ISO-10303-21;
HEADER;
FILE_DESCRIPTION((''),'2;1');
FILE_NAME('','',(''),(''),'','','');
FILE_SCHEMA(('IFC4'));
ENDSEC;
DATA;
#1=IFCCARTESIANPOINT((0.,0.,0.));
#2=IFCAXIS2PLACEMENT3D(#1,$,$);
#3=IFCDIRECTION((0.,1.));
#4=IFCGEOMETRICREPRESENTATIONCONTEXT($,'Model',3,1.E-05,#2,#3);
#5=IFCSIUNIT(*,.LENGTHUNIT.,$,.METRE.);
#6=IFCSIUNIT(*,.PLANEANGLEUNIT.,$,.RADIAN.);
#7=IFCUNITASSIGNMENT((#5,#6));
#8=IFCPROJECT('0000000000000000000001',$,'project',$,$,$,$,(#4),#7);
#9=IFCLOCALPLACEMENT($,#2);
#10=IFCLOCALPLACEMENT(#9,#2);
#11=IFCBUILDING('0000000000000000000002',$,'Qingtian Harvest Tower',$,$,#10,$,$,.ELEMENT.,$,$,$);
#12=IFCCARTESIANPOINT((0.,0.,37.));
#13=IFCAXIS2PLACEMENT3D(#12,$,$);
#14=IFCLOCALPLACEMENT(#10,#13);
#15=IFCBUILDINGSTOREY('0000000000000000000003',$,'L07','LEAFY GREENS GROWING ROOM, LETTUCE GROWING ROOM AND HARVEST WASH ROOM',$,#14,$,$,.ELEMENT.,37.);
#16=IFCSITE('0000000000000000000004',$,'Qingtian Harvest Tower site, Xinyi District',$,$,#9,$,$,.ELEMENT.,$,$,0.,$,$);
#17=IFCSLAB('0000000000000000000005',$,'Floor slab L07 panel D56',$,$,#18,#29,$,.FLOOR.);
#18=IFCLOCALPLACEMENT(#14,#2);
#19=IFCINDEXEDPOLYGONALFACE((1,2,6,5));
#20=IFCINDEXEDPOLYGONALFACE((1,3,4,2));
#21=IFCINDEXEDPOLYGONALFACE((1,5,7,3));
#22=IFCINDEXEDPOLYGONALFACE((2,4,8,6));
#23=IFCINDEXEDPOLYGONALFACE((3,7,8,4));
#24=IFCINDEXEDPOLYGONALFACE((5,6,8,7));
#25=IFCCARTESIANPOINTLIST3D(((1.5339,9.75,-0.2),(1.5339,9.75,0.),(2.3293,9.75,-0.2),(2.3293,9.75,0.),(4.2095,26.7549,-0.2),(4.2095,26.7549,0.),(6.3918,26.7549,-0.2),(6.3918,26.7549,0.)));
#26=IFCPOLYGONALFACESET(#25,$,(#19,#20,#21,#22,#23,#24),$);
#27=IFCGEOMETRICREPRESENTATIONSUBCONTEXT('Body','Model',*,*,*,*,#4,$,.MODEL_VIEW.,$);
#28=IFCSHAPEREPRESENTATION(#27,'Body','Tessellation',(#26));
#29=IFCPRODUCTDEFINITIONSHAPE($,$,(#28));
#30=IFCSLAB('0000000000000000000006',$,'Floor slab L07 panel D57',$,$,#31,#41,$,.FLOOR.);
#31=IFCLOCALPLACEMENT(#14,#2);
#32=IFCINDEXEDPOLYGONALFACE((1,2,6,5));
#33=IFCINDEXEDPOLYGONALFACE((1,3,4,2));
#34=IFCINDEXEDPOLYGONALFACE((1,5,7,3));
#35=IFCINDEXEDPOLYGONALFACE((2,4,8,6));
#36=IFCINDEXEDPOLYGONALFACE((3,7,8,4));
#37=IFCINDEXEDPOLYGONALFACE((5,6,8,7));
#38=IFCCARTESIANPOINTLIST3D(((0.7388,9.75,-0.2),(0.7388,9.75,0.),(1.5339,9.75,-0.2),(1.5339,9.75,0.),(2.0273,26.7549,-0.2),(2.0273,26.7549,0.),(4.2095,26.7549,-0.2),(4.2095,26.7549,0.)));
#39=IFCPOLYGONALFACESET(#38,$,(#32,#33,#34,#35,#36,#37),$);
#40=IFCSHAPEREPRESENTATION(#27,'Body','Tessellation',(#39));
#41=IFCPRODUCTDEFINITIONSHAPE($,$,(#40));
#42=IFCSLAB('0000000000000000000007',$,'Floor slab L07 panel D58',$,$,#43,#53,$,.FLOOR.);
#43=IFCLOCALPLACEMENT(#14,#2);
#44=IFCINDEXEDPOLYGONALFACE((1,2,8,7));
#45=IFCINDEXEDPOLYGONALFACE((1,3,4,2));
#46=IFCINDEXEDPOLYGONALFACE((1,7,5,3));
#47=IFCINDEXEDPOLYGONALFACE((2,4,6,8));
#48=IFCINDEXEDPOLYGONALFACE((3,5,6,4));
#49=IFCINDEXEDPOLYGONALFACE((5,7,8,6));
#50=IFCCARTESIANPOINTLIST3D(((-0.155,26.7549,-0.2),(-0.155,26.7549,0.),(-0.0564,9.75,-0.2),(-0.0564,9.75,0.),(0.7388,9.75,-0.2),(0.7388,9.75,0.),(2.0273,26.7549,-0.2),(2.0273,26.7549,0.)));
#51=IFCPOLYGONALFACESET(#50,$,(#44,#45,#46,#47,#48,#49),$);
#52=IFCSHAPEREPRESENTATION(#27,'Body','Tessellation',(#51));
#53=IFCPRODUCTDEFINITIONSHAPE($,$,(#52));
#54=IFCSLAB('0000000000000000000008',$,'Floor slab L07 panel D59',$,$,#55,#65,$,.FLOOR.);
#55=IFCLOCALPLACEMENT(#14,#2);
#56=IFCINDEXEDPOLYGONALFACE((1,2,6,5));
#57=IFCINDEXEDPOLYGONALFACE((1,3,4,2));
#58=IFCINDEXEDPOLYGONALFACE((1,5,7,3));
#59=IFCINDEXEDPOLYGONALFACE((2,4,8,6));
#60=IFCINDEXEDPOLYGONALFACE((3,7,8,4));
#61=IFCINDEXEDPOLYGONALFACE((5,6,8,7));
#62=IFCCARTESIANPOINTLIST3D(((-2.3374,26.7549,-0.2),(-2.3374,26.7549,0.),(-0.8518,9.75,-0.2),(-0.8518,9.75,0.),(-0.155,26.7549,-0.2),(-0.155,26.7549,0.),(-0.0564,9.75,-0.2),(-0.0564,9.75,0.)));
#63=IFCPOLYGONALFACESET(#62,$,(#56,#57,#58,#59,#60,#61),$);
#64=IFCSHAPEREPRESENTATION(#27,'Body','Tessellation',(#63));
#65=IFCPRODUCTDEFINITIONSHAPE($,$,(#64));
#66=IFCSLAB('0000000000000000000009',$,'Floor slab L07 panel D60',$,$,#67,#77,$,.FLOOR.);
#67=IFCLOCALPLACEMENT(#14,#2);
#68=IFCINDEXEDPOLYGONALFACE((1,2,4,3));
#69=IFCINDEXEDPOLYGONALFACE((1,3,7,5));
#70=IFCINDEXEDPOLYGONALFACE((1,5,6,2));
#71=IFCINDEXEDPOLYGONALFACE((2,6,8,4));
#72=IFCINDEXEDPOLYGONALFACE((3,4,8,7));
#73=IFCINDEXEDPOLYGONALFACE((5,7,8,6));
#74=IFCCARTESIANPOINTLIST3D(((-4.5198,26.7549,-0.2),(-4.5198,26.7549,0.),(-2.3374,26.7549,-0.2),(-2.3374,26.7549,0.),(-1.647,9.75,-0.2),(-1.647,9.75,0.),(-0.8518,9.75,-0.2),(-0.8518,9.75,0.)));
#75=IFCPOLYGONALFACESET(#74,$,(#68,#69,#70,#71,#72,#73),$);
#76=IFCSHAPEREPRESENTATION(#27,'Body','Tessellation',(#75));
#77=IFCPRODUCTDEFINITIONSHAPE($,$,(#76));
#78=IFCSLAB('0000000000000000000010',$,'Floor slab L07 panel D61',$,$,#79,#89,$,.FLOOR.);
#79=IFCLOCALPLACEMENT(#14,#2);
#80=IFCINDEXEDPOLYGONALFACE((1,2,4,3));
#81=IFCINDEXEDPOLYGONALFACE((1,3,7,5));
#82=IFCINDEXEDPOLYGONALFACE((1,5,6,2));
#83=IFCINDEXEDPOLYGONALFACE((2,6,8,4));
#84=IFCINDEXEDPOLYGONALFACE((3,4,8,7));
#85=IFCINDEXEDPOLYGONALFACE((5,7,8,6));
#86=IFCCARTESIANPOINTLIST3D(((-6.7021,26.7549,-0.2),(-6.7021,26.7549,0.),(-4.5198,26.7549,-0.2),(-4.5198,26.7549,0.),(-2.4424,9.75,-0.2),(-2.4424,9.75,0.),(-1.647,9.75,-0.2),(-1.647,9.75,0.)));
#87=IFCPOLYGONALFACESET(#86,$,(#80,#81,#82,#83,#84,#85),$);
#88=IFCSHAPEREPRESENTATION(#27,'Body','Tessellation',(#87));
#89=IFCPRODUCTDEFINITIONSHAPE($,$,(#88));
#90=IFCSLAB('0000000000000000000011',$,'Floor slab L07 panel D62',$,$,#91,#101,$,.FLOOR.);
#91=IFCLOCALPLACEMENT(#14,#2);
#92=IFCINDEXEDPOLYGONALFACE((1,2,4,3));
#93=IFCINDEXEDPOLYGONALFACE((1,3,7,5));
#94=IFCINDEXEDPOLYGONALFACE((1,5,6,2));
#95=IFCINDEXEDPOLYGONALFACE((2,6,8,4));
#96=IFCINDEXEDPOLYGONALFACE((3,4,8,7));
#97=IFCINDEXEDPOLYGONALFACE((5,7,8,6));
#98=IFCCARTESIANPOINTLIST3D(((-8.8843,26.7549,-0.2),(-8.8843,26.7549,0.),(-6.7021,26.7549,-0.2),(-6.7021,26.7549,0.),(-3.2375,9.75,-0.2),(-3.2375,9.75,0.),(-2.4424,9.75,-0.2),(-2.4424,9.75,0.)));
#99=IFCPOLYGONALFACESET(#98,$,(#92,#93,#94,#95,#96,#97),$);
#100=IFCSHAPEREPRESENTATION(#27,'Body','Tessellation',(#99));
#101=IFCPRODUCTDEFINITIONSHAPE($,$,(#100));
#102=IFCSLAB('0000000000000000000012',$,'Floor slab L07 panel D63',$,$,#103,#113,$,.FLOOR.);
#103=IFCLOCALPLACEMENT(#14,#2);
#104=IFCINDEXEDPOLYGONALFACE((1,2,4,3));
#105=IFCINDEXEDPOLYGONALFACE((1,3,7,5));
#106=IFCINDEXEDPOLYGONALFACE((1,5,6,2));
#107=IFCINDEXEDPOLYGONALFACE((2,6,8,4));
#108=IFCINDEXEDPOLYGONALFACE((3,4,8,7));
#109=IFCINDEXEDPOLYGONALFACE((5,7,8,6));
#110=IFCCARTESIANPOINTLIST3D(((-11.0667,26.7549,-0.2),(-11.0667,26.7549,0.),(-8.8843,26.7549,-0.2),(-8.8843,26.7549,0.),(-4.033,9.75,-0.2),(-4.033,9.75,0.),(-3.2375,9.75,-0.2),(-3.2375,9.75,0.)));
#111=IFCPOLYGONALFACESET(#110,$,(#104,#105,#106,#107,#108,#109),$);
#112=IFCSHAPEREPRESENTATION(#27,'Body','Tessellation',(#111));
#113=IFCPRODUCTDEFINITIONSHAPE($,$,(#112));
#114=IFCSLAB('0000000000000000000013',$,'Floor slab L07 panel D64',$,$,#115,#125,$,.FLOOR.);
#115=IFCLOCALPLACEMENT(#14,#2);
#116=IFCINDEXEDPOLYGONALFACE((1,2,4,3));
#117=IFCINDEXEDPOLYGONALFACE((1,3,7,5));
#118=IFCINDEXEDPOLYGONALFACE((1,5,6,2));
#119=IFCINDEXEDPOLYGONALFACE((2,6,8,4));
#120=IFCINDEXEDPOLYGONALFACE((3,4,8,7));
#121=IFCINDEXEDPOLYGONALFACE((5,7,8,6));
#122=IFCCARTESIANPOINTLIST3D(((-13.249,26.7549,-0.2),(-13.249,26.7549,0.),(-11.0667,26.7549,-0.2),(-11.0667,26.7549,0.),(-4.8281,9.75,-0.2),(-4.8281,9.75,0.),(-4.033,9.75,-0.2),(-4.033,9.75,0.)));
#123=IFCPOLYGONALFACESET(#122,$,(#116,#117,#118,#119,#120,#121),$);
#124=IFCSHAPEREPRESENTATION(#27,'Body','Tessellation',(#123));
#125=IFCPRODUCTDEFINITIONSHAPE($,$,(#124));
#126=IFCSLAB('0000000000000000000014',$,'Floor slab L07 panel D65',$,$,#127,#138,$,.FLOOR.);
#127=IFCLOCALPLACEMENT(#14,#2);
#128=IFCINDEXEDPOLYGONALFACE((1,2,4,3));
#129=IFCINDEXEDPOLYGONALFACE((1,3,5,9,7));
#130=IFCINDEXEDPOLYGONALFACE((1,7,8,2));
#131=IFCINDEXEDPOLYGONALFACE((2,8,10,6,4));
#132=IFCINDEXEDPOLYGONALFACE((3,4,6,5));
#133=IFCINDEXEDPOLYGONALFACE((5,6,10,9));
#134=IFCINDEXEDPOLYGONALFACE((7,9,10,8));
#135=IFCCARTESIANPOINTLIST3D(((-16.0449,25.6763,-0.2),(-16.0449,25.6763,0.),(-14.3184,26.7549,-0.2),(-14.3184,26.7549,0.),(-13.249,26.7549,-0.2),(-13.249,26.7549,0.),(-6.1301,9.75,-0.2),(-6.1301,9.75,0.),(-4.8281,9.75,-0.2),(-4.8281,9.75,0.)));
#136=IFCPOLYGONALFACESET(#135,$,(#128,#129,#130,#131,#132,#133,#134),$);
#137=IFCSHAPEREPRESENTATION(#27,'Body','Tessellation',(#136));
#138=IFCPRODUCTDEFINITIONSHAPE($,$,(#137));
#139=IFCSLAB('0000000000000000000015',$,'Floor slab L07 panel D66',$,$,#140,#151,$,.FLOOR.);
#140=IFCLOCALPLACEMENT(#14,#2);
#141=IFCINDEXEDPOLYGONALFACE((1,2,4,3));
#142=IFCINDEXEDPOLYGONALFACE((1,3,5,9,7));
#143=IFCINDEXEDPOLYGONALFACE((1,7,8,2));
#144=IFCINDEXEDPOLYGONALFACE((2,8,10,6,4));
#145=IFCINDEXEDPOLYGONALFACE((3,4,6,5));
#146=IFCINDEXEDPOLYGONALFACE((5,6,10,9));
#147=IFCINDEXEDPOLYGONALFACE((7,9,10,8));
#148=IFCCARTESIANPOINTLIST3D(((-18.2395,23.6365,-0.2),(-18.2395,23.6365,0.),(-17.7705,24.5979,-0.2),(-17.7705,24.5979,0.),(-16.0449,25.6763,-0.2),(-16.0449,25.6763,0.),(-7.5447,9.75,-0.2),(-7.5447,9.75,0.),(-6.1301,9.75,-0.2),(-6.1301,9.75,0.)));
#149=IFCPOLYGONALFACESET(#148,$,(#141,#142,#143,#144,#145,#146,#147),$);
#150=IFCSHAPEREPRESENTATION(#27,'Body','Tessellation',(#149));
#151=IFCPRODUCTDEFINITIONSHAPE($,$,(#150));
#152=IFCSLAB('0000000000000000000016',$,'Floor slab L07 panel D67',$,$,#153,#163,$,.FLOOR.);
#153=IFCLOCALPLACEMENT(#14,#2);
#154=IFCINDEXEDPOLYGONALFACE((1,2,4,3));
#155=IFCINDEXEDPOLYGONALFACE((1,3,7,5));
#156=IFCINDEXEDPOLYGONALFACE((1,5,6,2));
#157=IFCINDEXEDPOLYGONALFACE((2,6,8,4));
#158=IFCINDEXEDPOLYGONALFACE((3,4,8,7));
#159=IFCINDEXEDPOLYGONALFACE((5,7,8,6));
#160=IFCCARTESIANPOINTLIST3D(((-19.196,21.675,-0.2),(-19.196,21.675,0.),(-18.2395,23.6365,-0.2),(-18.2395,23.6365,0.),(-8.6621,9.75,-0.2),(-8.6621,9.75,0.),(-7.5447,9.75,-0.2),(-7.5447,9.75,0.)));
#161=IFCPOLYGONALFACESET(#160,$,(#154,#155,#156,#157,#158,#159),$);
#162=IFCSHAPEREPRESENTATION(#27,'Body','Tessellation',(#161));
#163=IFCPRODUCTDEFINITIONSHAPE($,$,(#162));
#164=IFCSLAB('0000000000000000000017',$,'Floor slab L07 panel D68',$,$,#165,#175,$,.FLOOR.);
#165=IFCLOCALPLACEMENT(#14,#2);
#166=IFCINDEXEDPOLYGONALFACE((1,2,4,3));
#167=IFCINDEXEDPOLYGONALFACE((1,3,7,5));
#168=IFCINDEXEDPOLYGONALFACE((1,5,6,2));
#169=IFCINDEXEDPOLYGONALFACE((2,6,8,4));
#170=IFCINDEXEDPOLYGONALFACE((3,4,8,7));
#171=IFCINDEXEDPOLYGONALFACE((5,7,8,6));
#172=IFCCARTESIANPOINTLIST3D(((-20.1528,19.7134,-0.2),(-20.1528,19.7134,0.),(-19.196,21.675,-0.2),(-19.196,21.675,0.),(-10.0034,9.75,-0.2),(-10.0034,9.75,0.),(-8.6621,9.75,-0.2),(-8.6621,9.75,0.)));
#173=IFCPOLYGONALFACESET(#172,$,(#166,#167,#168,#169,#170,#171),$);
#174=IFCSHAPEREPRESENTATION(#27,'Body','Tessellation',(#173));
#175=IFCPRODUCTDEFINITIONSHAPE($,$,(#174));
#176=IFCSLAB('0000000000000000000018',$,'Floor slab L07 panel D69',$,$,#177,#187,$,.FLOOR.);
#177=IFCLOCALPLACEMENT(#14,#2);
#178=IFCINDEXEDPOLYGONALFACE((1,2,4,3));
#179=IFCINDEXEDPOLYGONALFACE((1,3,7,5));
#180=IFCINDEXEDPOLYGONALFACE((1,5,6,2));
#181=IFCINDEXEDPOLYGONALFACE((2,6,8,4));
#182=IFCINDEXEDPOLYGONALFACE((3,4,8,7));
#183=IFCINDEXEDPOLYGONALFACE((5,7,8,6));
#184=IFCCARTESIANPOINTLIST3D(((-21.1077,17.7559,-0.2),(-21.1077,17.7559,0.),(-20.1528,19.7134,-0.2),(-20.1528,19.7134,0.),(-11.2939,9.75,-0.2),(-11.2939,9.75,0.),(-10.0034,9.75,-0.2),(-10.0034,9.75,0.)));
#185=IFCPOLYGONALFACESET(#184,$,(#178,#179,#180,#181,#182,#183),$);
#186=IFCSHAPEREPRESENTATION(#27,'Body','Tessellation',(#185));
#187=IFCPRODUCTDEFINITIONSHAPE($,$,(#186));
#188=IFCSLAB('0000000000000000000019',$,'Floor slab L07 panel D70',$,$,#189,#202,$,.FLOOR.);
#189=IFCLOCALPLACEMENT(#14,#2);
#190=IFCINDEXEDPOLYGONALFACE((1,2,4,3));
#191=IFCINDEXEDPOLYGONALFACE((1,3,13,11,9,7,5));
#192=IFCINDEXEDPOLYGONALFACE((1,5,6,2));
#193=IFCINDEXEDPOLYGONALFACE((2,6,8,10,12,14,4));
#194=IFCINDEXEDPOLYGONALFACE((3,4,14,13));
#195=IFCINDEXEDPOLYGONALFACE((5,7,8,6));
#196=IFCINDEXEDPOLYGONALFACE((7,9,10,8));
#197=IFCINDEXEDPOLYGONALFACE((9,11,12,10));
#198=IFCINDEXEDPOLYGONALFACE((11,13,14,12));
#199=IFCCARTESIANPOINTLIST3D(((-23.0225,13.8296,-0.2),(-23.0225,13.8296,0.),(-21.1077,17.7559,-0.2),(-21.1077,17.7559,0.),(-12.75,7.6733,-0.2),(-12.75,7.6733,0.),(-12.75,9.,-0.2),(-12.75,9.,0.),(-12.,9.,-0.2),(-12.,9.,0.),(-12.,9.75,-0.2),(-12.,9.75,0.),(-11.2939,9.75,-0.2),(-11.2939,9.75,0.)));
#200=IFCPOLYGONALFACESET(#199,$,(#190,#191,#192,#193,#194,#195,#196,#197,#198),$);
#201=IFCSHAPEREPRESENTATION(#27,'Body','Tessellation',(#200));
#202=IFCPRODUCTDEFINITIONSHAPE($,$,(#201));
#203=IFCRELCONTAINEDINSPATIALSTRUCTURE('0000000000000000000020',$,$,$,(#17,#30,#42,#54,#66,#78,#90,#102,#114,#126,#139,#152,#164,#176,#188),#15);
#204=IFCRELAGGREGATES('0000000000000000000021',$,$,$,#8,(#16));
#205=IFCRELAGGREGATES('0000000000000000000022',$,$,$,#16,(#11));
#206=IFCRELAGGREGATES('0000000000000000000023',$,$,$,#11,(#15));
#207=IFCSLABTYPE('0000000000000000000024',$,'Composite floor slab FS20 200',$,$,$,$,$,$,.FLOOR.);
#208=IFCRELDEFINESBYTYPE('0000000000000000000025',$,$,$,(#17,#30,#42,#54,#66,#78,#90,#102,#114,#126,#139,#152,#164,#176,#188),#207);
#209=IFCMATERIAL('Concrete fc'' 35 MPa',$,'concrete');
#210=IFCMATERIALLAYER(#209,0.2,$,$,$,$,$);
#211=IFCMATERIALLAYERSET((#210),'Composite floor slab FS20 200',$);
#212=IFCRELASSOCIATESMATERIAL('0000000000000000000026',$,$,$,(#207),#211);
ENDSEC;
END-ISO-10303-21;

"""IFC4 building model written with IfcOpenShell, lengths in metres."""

from ifc_helpers import new_model, si_unit, direction, frame, origin, place, context, subcontext, project, spatial, polyline, outline, extrude, material, layer, layer_set, type_object, element, save


model = new_model("IFC4")

# Units and contexts
model_context = context("Model", 3, precision=1e-05, world=origin(), true_north=direction((0.0, 1.0)))
body_context = subcontext(model_context, "Body", "Model", "MODEL_VIEW")
ifc_project = project(units=[si_unit("LENGTHUNIT", "METRE"), si_unit("PLANEANGLEUNIT", "RADIAN")], contexts=[model_context])

# Site, building, storey
site_placement = place(None, origin())
site = spatial("IfcSite", under=ifc_project, at=site_placement, Name="Qingtian Harvest Tower site, Xinyi District", CompositionType="ELEMENT", RefElevation=0.0)
building_placement = place(site_placement, origin())
building = spatial("IfcBuilding", under=site, at=building_placement, Name="Qingtian Harvest Tower", CompositionType="ELEMENT")
storey_placement = place(building_placement, frame((0.0, 0.0, 37.0)))
storey = spatial("IfcBuildingStorey", under=building, at=storey_placement, Name="L07", Description="LEAFY GREENS GROWING ROOM, LETTUCE GROWING ROOM AND HARVEST WASH ROOM", CompositionType="ELEMENT", Elevation=37.0)

# Slabs
ifc_material_1 = material(Name="Concrete fc' 35 MPa", Category="concrete")
ifc_layer_1 = layer(ifc_material_1, 0.2)
ifc_layer_set_1 = layer_set([ifc_layer_1], Name="Composite floor slab FS20 200")
slab_type = type_object("IfcSlabType", Name="Composite floor slab FS20 200", PredefinedType="FLOOR", material=ifc_layer_set_1)
slab_1_placement = place(storey_placement, frame((0.0, 0.0, -0.2)))
element("IfcSlab", 1, at=slab_1_placement, inside=storey, type_object=slab_type, Name="Floor slab L07 panel D56", PredefinedType="FLOOR", context=body_context, shape_type="SweptSolid", body=[
    extrude(outline(polyline([(1.5339, 9.75), (4.2095, 26.7549), (6.3918, 26.7549), (2.3293, 9.75), (1.5339, 9.75)])), origin(), (0.0, 0.0, 1.0), 0.2),
])
slab_2_placement = place(storey_placement, frame((0.0, 0.0, -0.2)))
element("IfcSlab", 2, at=slab_2_placement, inside=storey, type_object=slab_type, Name="Floor slab L07 panel D57", PredefinedType="FLOOR", context=body_context, shape_type="SweptSolid", body=[
    extrude(outline(polyline([(0.7388, 9.75), (2.0273, 26.7549), (4.2095, 26.7549), (1.5339, 9.75), (0.7388, 9.75)])), origin(), (0.0, 0.0, 1.0), 0.2),
])
slab_3_placement = place(storey_placement, frame((0.0, 0.0, -0.2)))
element("IfcSlab", 3, at=slab_3_placement, inside=storey, type_object=slab_type, Name="Floor slab L07 panel D58", PredefinedType="FLOOR", context=body_context, shape_type="SweptSolid", body=[
    extrude(outline(polyline([(-0.0564, 9.75), (-0.155, 26.7549), (2.0273, 26.7549), (0.7388, 9.75), (-0.0564, 9.75)])), origin(), (0.0, 0.0, 1.0), 0.2),
])
slab_4_placement = place(storey_placement, frame((0.0, 0.0, -0.2)))
element("IfcSlab", 4, at=slab_4_placement, inside=storey, type_object=slab_type, Name="Floor slab L07 panel D59", PredefinedType="FLOOR", context=body_context, shape_type="SweptSolid", body=[
    extrude(outline(polyline([(-0.8518, 9.75), (-2.3374, 26.7549), (-0.155, 26.7549), (-0.0564, 9.75), (-0.8518, 9.75)])), origin(), (0.0, 0.0, 1.0), 0.2),
])
slab_5_placement = place(storey_placement, frame((0.0, 0.0, -0.2)))
element("IfcSlab", 5, at=slab_5_placement, inside=storey, type_object=slab_type, Name="Floor slab L07 panel D60", PredefinedType="FLOOR", context=body_context, shape_type="SweptSolid", body=[
    extrude(outline(polyline([(-1.647, 9.75), (-4.5198, 26.7549), (-2.3374, 26.7549), (-0.8518, 9.75), (-1.647, 9.75)])), origin(), (0.0, 0.0, 1.0), 0.2),
])
slab_6_placement = place(storey_placement, frame((0.0, 0.0, -0.2)))
element("IfcSlab", 6, at=slab_6_placement, inside=storey, type_object=slab_type, Name="Floor slab L07 panel D61", PredefinedType="FLOOR", context=body_context, shape_type="SweptSolid", body=[
    extrude(outline(polyline([(-2.4424, 9.75), (-6.7021, 26.7549), (-4.5198, 26.7549), (-1.647, 9.75), (-2.4424, 9.75)])), origin(), (0.0, 0.0, 1.0), 0.2),
])
slab_7_placement = place(storey_placement, frame((0.0, 0.0, -0.2)))
element("IfcSlab", 7, at=slab_7_placement, inside=storey, type_object=slab_type, Name="Floor slab L07 panel D62", PredefinedType="FLOOR", context=body_context, shape_type="SweptSolid", body=[
    extrude(outline(polyline([(-3.2375, 9.75), (-8.8843, 26.7549), (-6.7021, 26.7549), (-2.4424, 9.75), (-3.2375, 9.75)])), origin(), (0.0, 0.0, 1.0), 0.2),
])
slab_8_placement = place(storey_placement, frame((0.0, 0.0, -0.2)))
element("IfcSlab", 8, at=slab_8_placement, inside=storey, type_object=slab_type, Name="Floor slab L07 panel D63", PredefinedType="FLOOR", context=body_context, shape_type="SweptSolid", body=[
    extrude(outline(polyline([(-4.033, 9.75), (-11.0667, 26.7549), (-8.8843, 26.7549), (-3.2375, 9.75), (-4.033, 9.75)])), origin(), (0.0, 0.0, 1.0), 0.2),
])
slab_9_placement = place(storey_placement, frame((0.0, 0.0, -0.2)))
element("IfcSlab", 9, at=slab_9_placement, inside=storey, type_object=slab_type, Name="Floor slab L07 panel D64", PredefinedType="FLOOR", context=body_context, shape_type="SweptSolid", body=[
    extrude(outline(polyline([(-4.8281, 9.75), (-13.249, 26.7549), (-11.0667, 26.7549), (-4.033, 9.75), (-4.8281, 9.75)])), origin(), (0.0, 0.0, 1.0), 0.2),
])
slab_10_placement = place(storey_placement, frame((0.0, 0.0, -0.2)))
element("IfcSlab", 10, at=slab_10_placement, inside=storey, type_object=slab_type, Name="Floor slab L07 panel D65", PredefinedType="FLOOR", context=body_context, shape_type="SweptSolid", body=[
    extrude(outline(polyline([(-4.8281, 9.75), (-6.1301, 9.75), (-16.0449, 25.6763), (-14.3184, 26.7549), (-13.249, 26.7549), (-4.8281, 9.75)])), origin(), (0.0, 0.0, 1.0), 0.2),
])
slab_11_placement = place(storey_placement, frame((0.0, 0.0, -0.2)))
element("IfcSlab", 11, at=slab_11_placement, inside=storey, type_object=slab_type, Name="Floor slab L07 panel D66", PredefinedType="FLOOR", context=body_context, shape_type="SweptSolid", body=[
    extrude(outline(polyline([(-6.1301, 9.75), (-7.5447, 9.75), (-18.2395, 23.6365), (-17.7705, 24.5979), (-16.0449, 25.6763), (-6.1301, 9.75)])), origin(), (0.0, 0.0, 1.0), 0.2),
])
slab_12_placement = place(storey_placement, frame((0.0, 0.0, -0.2)))
element("IfcSlab", 12, at=slab_12_placement, inside=storey, type_object=slab_type, Name="Floor slab L07 panel D67", PredefinedType="FLOOR", context=body_context, shape_type="SweptSolid", body=[
    extrude(outline(polyline([(-8.6621, 9.75), (-19.196, 21.675), (-18.2395, 23.6365), (-7.5447, 9.75), (-8.6621, 9.75)])), origin(), (0.0, 0.0, 1.0), 0.2),
])
slab_13_placement = place(storey_placement, frame((0.0, 0.0, -0.2)))
element("IfcSlab", 13, at=slab_13_placement, inside=storey, type_object=slab_type, Name="Floor slab L07 panel D68", PredefinedType="FLOOR", context=body_context, shape_type="SweptSolid", body=[
    extrude(outline(polyline([(-10.0034, 9.75), (-20.1528, 19.7134), (-19.196, 21.675), (-8.6621, 9.75), (-10.0034, 9.75)])), origin(), (0.0, 0.0, 1.0), 0.2),
])
slab_14_placement = place(storey_placement, frame((0.0, 0.0, -0.2)))
element("IfcSlab", 14, at=slab_14_placement, inside=storey, type_object=slab_type, Name="Floor slab L07 panel D69", PredefinedType="FLOOR", context=body_context, shape_type="SweptSolid", body=[
    extrude(outline(polyline([(-11.2939, 9.75), (-21.1077, 17.7559), (-20.1528, 19.7134), (-10.0034, 9.75), (-11.2939, 9.75)])), origin(), (0.0, 0.0, 1.0), 0.2),
])
slab_15_placement = place(storey_placement, frame((0.0, 0.0, -0.2)))
element("IfcSlab", 15, at=slab_15_placement, inside=storey, type_object=slab_type, Name="Floor slab L07 panel D70", PredefinedType="FLOOR", context=body_context, shape_type="SweptSolid", body=[
    extrude(outline(polyline([(-12.0, 9.0), (-12.75, 9.0), (-12.75, 7.6733), (-23.0225, 13.8296), (-21.1077, 17.7559), (-11.2939, 9.75), (-12.0, 9.75), (-12.0, 9.0)])), origin(), (0.0, 0.0, 1.0), 0.2),
])

save(model, "model.ifc")
